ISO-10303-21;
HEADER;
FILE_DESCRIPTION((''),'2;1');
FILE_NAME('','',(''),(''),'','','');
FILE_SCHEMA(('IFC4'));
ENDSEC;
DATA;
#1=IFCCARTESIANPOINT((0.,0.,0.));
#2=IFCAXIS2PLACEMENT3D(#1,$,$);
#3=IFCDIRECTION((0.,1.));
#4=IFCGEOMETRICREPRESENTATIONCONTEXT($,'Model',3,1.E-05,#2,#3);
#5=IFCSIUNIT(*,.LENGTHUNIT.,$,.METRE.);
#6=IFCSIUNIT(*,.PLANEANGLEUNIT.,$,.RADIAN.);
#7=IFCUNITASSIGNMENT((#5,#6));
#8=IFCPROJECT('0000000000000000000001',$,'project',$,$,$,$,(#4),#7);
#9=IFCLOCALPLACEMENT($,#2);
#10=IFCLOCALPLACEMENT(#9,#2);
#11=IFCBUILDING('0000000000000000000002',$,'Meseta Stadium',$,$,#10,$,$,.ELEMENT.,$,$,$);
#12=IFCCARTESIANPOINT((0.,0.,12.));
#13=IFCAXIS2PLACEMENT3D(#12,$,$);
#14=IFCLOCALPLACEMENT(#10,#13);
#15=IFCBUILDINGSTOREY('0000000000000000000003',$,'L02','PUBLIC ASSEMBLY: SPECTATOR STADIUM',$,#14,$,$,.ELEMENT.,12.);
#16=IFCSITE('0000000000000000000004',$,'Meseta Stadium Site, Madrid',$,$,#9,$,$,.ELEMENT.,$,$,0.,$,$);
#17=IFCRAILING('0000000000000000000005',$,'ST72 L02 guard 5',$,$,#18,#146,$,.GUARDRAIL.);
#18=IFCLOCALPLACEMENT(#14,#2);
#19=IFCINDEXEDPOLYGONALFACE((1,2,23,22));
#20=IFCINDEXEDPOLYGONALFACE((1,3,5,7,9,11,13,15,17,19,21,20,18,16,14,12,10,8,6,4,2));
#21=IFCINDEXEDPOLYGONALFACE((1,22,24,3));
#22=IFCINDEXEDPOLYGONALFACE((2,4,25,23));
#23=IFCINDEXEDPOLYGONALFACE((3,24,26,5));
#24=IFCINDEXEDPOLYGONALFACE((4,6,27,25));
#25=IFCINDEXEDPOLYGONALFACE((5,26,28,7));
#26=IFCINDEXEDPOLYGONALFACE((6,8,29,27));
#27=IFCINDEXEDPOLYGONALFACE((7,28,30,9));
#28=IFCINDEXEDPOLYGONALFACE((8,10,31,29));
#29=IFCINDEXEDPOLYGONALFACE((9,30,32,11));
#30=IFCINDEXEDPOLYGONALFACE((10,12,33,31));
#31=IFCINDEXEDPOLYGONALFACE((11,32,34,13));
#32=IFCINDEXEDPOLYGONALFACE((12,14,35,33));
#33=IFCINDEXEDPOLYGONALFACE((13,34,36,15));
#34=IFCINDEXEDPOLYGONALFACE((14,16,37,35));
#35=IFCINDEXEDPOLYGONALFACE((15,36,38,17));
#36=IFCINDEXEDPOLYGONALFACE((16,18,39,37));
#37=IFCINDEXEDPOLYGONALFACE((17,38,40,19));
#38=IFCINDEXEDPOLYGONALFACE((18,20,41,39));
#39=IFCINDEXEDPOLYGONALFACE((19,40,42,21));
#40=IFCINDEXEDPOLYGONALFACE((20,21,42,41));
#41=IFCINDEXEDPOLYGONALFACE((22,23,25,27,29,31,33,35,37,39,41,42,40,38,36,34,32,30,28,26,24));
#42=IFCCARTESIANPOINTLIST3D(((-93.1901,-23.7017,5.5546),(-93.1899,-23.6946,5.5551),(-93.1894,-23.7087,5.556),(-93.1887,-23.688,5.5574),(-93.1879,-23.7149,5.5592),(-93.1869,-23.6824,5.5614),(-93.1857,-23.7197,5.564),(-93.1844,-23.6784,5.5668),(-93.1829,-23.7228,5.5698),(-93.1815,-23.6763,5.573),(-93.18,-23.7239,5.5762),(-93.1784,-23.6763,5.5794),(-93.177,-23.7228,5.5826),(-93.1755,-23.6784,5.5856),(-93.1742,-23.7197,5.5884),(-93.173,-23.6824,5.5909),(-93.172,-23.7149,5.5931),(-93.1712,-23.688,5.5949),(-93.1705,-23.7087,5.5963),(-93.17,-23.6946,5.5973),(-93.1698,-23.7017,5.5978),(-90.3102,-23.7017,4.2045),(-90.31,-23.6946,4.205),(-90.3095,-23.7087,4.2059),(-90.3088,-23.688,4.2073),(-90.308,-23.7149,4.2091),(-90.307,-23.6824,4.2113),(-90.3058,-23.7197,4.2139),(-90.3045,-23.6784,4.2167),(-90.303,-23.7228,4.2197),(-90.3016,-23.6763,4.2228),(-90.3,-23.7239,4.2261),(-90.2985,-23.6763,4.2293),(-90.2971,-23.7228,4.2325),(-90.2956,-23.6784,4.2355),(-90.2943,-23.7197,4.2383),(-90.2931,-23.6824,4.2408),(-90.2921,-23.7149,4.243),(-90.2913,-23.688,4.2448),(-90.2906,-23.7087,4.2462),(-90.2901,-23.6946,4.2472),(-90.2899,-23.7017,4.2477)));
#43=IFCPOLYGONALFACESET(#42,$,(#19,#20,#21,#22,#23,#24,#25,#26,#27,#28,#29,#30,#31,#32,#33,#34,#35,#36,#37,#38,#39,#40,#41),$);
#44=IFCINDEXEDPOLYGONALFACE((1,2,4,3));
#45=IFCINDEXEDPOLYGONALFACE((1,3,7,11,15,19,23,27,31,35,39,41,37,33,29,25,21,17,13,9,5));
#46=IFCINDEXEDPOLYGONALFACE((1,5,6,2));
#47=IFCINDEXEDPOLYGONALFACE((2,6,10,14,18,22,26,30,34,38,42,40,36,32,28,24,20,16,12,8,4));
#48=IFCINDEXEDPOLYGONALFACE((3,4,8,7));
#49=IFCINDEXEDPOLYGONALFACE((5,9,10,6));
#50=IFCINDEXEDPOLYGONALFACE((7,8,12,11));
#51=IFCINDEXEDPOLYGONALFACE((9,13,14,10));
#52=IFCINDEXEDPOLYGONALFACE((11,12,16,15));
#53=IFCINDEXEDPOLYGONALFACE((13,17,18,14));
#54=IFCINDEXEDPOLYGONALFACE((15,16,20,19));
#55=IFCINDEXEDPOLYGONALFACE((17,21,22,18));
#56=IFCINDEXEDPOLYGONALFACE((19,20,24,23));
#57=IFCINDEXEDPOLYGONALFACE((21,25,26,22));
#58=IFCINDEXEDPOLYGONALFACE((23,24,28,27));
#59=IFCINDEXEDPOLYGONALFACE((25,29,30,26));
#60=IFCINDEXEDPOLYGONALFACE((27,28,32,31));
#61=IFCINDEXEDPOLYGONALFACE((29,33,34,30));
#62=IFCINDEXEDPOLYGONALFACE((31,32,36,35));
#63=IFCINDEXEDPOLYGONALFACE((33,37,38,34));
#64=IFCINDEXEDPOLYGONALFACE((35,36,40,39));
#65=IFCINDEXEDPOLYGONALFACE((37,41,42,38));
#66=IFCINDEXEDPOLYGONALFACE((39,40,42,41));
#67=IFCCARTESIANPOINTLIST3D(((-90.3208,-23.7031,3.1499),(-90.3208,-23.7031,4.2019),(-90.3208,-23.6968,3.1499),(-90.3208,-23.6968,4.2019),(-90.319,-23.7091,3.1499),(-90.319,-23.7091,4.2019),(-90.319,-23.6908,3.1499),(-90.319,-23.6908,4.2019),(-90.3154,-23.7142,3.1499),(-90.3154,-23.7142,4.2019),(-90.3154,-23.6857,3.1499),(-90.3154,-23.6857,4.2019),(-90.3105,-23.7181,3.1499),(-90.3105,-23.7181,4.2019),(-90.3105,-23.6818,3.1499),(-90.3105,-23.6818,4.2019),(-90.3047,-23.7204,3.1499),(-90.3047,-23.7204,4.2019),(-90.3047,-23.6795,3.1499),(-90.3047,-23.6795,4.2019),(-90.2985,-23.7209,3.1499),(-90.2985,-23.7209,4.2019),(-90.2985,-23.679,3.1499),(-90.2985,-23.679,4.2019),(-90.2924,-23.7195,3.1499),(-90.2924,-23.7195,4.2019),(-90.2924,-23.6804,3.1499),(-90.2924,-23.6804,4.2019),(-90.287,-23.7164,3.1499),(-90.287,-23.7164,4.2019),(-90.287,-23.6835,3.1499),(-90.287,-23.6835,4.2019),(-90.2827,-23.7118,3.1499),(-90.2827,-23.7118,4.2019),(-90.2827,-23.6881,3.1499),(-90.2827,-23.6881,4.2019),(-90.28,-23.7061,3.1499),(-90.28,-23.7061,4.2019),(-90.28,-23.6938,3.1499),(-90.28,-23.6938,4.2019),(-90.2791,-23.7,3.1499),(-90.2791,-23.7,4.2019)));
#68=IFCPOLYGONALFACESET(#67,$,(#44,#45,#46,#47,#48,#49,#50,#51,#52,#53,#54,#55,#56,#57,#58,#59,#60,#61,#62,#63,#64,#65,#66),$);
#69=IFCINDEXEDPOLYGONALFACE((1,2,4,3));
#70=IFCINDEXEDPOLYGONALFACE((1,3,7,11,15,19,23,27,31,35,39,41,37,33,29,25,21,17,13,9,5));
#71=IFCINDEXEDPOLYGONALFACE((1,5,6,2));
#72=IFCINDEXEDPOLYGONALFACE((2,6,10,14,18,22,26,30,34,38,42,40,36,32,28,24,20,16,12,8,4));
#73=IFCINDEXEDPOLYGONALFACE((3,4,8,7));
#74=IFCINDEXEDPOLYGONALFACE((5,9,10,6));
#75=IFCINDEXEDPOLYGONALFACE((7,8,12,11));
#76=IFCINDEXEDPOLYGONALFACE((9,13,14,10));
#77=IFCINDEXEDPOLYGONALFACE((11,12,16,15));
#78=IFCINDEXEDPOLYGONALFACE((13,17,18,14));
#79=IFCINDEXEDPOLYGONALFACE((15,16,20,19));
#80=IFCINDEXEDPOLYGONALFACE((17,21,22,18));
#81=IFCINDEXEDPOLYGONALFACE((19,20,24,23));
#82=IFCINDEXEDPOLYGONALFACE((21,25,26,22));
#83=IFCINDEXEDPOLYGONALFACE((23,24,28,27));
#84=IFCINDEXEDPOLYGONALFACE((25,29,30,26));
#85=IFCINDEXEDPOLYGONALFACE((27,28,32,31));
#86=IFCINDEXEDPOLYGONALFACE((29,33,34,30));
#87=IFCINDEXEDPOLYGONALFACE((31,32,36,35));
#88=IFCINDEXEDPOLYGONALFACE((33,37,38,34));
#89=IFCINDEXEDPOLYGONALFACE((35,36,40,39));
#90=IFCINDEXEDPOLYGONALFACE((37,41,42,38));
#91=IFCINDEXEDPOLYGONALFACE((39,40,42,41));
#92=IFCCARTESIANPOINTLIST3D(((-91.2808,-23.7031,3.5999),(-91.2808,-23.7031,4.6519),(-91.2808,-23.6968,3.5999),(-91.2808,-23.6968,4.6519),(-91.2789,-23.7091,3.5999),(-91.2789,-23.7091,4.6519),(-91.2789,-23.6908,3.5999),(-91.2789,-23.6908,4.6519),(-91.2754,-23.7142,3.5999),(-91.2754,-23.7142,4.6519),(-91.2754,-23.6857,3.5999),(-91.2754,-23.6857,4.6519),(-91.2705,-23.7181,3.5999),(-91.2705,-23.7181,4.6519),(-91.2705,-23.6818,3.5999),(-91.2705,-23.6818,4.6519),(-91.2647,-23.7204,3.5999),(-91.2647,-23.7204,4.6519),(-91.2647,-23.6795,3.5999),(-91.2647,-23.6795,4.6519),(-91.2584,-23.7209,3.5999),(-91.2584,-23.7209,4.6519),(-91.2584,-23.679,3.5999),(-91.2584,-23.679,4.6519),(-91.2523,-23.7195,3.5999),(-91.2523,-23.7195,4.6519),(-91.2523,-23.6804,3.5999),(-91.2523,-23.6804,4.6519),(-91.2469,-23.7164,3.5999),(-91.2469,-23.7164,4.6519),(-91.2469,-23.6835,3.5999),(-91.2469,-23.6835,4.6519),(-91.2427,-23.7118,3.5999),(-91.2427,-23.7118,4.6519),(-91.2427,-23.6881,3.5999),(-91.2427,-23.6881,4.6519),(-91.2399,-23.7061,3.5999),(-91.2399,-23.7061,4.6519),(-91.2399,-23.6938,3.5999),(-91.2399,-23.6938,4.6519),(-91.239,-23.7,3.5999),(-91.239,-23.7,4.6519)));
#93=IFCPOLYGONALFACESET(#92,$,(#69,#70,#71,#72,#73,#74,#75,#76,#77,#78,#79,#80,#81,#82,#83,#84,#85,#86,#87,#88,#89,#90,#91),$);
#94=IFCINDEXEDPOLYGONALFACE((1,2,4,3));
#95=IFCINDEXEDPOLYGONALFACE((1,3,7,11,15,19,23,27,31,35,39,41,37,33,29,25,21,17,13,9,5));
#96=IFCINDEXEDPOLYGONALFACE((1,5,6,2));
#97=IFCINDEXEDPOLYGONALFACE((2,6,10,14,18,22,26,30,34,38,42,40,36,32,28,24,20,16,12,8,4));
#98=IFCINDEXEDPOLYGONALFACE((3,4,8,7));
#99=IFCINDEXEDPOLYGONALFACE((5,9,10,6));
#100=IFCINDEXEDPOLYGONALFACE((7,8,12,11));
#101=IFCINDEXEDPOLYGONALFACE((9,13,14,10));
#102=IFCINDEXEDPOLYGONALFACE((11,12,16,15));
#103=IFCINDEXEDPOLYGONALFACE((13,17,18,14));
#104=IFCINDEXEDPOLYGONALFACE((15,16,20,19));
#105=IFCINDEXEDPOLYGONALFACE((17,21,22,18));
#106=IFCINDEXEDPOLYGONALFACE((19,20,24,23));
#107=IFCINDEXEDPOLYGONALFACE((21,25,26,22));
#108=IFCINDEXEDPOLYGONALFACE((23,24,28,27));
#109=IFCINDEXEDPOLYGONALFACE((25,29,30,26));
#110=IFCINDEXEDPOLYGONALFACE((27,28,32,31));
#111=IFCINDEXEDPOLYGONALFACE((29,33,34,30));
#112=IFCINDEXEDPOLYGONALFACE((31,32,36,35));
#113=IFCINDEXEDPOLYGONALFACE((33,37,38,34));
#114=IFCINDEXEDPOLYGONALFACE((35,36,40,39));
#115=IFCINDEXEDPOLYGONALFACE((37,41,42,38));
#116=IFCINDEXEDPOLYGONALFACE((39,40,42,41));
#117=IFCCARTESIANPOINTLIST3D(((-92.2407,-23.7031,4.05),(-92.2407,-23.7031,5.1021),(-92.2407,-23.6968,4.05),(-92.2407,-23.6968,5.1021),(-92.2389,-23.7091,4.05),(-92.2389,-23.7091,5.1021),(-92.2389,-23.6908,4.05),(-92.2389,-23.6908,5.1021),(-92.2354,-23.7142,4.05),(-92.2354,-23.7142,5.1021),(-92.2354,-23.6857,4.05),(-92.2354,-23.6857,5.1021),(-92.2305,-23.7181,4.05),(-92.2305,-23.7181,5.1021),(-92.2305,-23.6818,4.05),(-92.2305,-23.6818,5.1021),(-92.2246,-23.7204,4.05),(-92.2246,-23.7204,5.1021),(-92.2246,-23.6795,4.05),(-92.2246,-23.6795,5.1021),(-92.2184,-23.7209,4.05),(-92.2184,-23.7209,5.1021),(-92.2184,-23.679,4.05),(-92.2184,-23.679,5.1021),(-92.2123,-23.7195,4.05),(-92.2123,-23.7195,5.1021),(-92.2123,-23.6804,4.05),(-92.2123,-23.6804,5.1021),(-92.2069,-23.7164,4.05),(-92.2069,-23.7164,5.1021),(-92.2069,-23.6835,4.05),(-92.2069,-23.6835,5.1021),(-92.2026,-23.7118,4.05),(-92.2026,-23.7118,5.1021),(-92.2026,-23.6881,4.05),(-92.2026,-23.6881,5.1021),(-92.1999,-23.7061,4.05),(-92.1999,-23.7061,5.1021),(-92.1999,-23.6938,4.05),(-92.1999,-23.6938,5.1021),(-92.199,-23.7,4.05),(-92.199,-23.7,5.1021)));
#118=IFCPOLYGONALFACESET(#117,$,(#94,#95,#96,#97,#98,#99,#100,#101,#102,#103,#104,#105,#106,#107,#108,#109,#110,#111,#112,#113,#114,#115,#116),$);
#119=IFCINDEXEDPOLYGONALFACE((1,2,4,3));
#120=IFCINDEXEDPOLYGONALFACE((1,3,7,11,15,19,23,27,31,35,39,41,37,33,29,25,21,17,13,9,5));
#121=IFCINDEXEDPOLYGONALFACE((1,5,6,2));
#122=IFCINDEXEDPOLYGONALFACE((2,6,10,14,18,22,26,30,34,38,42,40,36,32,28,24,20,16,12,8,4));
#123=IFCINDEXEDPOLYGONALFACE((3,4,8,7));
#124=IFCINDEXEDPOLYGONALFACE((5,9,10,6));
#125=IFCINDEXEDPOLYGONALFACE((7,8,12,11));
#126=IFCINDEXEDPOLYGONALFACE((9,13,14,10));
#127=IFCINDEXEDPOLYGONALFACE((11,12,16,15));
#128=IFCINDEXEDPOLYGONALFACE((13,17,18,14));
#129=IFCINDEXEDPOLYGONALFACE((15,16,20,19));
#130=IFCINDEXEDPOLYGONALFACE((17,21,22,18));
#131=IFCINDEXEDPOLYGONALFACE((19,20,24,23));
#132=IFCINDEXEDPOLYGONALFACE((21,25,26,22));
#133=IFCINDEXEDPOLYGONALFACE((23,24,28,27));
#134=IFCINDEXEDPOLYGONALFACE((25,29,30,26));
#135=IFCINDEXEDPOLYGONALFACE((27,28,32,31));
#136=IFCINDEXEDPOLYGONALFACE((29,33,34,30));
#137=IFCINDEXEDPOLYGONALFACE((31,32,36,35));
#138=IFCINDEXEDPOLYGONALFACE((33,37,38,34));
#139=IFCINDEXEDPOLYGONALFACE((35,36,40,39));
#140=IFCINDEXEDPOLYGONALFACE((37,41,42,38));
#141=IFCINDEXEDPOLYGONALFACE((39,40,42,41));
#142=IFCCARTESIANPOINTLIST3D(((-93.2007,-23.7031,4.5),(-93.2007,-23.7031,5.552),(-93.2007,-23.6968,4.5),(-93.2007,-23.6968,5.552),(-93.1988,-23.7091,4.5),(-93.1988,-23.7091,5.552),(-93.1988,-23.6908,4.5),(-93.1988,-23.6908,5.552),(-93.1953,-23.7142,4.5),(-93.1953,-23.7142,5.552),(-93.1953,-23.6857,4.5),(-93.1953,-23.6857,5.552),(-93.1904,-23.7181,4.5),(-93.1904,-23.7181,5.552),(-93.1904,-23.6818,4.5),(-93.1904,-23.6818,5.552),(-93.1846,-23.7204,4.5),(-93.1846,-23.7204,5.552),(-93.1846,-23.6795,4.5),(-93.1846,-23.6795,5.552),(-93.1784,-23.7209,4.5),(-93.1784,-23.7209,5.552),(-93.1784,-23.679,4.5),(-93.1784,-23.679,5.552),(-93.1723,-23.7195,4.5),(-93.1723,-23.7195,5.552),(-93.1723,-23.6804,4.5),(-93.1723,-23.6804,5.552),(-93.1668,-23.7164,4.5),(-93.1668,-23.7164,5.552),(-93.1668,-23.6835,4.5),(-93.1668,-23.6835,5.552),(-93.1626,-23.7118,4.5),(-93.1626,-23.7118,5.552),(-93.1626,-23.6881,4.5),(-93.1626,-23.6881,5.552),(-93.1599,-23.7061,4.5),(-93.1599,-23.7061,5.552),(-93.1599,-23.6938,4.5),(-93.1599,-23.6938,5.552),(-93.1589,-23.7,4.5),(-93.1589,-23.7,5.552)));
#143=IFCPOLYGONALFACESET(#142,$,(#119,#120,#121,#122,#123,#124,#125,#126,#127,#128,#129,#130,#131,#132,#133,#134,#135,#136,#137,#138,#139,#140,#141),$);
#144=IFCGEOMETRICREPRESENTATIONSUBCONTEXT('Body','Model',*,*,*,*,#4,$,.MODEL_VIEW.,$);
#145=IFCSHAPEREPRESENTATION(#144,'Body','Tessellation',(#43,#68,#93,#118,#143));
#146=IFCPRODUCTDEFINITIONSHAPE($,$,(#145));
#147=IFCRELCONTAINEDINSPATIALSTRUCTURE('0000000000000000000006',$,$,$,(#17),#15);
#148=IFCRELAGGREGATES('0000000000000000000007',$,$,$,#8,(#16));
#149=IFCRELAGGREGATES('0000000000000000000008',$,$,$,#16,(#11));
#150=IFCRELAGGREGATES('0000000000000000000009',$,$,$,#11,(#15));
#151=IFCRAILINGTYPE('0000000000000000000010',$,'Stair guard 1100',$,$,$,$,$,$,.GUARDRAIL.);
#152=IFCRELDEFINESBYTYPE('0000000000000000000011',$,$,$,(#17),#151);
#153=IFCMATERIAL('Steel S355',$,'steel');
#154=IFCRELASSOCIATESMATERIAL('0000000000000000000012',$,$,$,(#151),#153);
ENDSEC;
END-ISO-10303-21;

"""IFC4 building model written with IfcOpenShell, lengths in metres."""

from ifc_helpers import new_model, si_unit, direction, frame, origin, origin_2d, place, context, subcontext, project, spatial, circle, extrude, material, type_object, element, save


model = new_model("IFC4")

# Units and contexts
model_context = context("Model", 3, precision=1e-05, world=origin(), true_north=direction((0.0, 1.0)))
body_context = subcontext(model_context, "Body", "Model", "MODEL_VIEW")
ifc_project = project(units=[si_unit("LENGTHUNIT", "METRE"), si_unit("PLANEANGLEUNIT", "RADIAN")], contexts=[model_context])

# Site, building, storey
site_placement = place(None, origin())
site = spatial("IfcSite", under=ifc_project, at=site_placement, Name="Meseta Stadium Site, Madrid", CompositionType="ELEMENT", RefElevation=0.0)
building_placement = place(site_placement, origin())
building = spatial("IfcBuilding", under=site, at=building_placement, Name="Meseta Stadium", CompositionType="ELEMENT")
storey_placement = place(building_placement, frame((0.0, 0.0, 12.0)))
storey = spatial("IfcBuildingStorey", under=building, at=storey_placement, Name="L02", Description="PUBLIC ASSEMBLY: SPECTATOR STADIUM", CompositionType="ELEMENT", Elevation=12.0)

# Railing
ifc_material_1 = material(Name="Steel S355", Category="steel")
railing_type_1 = type_object("IfcRailingType", Name="Stair guard 1100", PredefinedType="GUARDRAIL", material=ifc_material_1)
for number, where, name in (
    (1, (-90.3, -23.7, 3.1499), "ST72 L02 guard 5"),
):
    element("IfcRailing", number, at=place(storey_placement, frame(where)), inside=storey, type_object=railing_type_1, Name=name, PredefinedType="GUARDRAIL", context=body_context, shape_type="SweptSolid", body=[
        extrude(circle(Radius=0.0239, at=origin_2d()), frame((0.0, 0.0, 1.0762), z_axis=(-0.90544, 0.0, 0.424473), x_axis=(0.0, -1.0, 0.0)), (0.0, 0.0, 1.0), 3.1807),
        extrude(circle(Radius=0.021, at=origin_2d()), origin(), (0.0, 0.0, 1.0), 1.052),
        extrude(circle(Radius=0.021, at=origin_2d()), frame((-0.96, 0.0, 0.45)), (0.0, 0.0, 1.0), 1.052),
        extrude(circle(Radius=0.021, at=origin_2d()), frame((-1.9199, 0.0, 0.9001)), (0.0, 0.0, 1.0), 1.052),
        extrude(circle(Radius=0.021, at=origin_2d()), frame((-2.8799, 0.0, 1.3501)), (0.0, 0.0, 1.0), 1.052),
    ])

save(model, "model.ifc")
